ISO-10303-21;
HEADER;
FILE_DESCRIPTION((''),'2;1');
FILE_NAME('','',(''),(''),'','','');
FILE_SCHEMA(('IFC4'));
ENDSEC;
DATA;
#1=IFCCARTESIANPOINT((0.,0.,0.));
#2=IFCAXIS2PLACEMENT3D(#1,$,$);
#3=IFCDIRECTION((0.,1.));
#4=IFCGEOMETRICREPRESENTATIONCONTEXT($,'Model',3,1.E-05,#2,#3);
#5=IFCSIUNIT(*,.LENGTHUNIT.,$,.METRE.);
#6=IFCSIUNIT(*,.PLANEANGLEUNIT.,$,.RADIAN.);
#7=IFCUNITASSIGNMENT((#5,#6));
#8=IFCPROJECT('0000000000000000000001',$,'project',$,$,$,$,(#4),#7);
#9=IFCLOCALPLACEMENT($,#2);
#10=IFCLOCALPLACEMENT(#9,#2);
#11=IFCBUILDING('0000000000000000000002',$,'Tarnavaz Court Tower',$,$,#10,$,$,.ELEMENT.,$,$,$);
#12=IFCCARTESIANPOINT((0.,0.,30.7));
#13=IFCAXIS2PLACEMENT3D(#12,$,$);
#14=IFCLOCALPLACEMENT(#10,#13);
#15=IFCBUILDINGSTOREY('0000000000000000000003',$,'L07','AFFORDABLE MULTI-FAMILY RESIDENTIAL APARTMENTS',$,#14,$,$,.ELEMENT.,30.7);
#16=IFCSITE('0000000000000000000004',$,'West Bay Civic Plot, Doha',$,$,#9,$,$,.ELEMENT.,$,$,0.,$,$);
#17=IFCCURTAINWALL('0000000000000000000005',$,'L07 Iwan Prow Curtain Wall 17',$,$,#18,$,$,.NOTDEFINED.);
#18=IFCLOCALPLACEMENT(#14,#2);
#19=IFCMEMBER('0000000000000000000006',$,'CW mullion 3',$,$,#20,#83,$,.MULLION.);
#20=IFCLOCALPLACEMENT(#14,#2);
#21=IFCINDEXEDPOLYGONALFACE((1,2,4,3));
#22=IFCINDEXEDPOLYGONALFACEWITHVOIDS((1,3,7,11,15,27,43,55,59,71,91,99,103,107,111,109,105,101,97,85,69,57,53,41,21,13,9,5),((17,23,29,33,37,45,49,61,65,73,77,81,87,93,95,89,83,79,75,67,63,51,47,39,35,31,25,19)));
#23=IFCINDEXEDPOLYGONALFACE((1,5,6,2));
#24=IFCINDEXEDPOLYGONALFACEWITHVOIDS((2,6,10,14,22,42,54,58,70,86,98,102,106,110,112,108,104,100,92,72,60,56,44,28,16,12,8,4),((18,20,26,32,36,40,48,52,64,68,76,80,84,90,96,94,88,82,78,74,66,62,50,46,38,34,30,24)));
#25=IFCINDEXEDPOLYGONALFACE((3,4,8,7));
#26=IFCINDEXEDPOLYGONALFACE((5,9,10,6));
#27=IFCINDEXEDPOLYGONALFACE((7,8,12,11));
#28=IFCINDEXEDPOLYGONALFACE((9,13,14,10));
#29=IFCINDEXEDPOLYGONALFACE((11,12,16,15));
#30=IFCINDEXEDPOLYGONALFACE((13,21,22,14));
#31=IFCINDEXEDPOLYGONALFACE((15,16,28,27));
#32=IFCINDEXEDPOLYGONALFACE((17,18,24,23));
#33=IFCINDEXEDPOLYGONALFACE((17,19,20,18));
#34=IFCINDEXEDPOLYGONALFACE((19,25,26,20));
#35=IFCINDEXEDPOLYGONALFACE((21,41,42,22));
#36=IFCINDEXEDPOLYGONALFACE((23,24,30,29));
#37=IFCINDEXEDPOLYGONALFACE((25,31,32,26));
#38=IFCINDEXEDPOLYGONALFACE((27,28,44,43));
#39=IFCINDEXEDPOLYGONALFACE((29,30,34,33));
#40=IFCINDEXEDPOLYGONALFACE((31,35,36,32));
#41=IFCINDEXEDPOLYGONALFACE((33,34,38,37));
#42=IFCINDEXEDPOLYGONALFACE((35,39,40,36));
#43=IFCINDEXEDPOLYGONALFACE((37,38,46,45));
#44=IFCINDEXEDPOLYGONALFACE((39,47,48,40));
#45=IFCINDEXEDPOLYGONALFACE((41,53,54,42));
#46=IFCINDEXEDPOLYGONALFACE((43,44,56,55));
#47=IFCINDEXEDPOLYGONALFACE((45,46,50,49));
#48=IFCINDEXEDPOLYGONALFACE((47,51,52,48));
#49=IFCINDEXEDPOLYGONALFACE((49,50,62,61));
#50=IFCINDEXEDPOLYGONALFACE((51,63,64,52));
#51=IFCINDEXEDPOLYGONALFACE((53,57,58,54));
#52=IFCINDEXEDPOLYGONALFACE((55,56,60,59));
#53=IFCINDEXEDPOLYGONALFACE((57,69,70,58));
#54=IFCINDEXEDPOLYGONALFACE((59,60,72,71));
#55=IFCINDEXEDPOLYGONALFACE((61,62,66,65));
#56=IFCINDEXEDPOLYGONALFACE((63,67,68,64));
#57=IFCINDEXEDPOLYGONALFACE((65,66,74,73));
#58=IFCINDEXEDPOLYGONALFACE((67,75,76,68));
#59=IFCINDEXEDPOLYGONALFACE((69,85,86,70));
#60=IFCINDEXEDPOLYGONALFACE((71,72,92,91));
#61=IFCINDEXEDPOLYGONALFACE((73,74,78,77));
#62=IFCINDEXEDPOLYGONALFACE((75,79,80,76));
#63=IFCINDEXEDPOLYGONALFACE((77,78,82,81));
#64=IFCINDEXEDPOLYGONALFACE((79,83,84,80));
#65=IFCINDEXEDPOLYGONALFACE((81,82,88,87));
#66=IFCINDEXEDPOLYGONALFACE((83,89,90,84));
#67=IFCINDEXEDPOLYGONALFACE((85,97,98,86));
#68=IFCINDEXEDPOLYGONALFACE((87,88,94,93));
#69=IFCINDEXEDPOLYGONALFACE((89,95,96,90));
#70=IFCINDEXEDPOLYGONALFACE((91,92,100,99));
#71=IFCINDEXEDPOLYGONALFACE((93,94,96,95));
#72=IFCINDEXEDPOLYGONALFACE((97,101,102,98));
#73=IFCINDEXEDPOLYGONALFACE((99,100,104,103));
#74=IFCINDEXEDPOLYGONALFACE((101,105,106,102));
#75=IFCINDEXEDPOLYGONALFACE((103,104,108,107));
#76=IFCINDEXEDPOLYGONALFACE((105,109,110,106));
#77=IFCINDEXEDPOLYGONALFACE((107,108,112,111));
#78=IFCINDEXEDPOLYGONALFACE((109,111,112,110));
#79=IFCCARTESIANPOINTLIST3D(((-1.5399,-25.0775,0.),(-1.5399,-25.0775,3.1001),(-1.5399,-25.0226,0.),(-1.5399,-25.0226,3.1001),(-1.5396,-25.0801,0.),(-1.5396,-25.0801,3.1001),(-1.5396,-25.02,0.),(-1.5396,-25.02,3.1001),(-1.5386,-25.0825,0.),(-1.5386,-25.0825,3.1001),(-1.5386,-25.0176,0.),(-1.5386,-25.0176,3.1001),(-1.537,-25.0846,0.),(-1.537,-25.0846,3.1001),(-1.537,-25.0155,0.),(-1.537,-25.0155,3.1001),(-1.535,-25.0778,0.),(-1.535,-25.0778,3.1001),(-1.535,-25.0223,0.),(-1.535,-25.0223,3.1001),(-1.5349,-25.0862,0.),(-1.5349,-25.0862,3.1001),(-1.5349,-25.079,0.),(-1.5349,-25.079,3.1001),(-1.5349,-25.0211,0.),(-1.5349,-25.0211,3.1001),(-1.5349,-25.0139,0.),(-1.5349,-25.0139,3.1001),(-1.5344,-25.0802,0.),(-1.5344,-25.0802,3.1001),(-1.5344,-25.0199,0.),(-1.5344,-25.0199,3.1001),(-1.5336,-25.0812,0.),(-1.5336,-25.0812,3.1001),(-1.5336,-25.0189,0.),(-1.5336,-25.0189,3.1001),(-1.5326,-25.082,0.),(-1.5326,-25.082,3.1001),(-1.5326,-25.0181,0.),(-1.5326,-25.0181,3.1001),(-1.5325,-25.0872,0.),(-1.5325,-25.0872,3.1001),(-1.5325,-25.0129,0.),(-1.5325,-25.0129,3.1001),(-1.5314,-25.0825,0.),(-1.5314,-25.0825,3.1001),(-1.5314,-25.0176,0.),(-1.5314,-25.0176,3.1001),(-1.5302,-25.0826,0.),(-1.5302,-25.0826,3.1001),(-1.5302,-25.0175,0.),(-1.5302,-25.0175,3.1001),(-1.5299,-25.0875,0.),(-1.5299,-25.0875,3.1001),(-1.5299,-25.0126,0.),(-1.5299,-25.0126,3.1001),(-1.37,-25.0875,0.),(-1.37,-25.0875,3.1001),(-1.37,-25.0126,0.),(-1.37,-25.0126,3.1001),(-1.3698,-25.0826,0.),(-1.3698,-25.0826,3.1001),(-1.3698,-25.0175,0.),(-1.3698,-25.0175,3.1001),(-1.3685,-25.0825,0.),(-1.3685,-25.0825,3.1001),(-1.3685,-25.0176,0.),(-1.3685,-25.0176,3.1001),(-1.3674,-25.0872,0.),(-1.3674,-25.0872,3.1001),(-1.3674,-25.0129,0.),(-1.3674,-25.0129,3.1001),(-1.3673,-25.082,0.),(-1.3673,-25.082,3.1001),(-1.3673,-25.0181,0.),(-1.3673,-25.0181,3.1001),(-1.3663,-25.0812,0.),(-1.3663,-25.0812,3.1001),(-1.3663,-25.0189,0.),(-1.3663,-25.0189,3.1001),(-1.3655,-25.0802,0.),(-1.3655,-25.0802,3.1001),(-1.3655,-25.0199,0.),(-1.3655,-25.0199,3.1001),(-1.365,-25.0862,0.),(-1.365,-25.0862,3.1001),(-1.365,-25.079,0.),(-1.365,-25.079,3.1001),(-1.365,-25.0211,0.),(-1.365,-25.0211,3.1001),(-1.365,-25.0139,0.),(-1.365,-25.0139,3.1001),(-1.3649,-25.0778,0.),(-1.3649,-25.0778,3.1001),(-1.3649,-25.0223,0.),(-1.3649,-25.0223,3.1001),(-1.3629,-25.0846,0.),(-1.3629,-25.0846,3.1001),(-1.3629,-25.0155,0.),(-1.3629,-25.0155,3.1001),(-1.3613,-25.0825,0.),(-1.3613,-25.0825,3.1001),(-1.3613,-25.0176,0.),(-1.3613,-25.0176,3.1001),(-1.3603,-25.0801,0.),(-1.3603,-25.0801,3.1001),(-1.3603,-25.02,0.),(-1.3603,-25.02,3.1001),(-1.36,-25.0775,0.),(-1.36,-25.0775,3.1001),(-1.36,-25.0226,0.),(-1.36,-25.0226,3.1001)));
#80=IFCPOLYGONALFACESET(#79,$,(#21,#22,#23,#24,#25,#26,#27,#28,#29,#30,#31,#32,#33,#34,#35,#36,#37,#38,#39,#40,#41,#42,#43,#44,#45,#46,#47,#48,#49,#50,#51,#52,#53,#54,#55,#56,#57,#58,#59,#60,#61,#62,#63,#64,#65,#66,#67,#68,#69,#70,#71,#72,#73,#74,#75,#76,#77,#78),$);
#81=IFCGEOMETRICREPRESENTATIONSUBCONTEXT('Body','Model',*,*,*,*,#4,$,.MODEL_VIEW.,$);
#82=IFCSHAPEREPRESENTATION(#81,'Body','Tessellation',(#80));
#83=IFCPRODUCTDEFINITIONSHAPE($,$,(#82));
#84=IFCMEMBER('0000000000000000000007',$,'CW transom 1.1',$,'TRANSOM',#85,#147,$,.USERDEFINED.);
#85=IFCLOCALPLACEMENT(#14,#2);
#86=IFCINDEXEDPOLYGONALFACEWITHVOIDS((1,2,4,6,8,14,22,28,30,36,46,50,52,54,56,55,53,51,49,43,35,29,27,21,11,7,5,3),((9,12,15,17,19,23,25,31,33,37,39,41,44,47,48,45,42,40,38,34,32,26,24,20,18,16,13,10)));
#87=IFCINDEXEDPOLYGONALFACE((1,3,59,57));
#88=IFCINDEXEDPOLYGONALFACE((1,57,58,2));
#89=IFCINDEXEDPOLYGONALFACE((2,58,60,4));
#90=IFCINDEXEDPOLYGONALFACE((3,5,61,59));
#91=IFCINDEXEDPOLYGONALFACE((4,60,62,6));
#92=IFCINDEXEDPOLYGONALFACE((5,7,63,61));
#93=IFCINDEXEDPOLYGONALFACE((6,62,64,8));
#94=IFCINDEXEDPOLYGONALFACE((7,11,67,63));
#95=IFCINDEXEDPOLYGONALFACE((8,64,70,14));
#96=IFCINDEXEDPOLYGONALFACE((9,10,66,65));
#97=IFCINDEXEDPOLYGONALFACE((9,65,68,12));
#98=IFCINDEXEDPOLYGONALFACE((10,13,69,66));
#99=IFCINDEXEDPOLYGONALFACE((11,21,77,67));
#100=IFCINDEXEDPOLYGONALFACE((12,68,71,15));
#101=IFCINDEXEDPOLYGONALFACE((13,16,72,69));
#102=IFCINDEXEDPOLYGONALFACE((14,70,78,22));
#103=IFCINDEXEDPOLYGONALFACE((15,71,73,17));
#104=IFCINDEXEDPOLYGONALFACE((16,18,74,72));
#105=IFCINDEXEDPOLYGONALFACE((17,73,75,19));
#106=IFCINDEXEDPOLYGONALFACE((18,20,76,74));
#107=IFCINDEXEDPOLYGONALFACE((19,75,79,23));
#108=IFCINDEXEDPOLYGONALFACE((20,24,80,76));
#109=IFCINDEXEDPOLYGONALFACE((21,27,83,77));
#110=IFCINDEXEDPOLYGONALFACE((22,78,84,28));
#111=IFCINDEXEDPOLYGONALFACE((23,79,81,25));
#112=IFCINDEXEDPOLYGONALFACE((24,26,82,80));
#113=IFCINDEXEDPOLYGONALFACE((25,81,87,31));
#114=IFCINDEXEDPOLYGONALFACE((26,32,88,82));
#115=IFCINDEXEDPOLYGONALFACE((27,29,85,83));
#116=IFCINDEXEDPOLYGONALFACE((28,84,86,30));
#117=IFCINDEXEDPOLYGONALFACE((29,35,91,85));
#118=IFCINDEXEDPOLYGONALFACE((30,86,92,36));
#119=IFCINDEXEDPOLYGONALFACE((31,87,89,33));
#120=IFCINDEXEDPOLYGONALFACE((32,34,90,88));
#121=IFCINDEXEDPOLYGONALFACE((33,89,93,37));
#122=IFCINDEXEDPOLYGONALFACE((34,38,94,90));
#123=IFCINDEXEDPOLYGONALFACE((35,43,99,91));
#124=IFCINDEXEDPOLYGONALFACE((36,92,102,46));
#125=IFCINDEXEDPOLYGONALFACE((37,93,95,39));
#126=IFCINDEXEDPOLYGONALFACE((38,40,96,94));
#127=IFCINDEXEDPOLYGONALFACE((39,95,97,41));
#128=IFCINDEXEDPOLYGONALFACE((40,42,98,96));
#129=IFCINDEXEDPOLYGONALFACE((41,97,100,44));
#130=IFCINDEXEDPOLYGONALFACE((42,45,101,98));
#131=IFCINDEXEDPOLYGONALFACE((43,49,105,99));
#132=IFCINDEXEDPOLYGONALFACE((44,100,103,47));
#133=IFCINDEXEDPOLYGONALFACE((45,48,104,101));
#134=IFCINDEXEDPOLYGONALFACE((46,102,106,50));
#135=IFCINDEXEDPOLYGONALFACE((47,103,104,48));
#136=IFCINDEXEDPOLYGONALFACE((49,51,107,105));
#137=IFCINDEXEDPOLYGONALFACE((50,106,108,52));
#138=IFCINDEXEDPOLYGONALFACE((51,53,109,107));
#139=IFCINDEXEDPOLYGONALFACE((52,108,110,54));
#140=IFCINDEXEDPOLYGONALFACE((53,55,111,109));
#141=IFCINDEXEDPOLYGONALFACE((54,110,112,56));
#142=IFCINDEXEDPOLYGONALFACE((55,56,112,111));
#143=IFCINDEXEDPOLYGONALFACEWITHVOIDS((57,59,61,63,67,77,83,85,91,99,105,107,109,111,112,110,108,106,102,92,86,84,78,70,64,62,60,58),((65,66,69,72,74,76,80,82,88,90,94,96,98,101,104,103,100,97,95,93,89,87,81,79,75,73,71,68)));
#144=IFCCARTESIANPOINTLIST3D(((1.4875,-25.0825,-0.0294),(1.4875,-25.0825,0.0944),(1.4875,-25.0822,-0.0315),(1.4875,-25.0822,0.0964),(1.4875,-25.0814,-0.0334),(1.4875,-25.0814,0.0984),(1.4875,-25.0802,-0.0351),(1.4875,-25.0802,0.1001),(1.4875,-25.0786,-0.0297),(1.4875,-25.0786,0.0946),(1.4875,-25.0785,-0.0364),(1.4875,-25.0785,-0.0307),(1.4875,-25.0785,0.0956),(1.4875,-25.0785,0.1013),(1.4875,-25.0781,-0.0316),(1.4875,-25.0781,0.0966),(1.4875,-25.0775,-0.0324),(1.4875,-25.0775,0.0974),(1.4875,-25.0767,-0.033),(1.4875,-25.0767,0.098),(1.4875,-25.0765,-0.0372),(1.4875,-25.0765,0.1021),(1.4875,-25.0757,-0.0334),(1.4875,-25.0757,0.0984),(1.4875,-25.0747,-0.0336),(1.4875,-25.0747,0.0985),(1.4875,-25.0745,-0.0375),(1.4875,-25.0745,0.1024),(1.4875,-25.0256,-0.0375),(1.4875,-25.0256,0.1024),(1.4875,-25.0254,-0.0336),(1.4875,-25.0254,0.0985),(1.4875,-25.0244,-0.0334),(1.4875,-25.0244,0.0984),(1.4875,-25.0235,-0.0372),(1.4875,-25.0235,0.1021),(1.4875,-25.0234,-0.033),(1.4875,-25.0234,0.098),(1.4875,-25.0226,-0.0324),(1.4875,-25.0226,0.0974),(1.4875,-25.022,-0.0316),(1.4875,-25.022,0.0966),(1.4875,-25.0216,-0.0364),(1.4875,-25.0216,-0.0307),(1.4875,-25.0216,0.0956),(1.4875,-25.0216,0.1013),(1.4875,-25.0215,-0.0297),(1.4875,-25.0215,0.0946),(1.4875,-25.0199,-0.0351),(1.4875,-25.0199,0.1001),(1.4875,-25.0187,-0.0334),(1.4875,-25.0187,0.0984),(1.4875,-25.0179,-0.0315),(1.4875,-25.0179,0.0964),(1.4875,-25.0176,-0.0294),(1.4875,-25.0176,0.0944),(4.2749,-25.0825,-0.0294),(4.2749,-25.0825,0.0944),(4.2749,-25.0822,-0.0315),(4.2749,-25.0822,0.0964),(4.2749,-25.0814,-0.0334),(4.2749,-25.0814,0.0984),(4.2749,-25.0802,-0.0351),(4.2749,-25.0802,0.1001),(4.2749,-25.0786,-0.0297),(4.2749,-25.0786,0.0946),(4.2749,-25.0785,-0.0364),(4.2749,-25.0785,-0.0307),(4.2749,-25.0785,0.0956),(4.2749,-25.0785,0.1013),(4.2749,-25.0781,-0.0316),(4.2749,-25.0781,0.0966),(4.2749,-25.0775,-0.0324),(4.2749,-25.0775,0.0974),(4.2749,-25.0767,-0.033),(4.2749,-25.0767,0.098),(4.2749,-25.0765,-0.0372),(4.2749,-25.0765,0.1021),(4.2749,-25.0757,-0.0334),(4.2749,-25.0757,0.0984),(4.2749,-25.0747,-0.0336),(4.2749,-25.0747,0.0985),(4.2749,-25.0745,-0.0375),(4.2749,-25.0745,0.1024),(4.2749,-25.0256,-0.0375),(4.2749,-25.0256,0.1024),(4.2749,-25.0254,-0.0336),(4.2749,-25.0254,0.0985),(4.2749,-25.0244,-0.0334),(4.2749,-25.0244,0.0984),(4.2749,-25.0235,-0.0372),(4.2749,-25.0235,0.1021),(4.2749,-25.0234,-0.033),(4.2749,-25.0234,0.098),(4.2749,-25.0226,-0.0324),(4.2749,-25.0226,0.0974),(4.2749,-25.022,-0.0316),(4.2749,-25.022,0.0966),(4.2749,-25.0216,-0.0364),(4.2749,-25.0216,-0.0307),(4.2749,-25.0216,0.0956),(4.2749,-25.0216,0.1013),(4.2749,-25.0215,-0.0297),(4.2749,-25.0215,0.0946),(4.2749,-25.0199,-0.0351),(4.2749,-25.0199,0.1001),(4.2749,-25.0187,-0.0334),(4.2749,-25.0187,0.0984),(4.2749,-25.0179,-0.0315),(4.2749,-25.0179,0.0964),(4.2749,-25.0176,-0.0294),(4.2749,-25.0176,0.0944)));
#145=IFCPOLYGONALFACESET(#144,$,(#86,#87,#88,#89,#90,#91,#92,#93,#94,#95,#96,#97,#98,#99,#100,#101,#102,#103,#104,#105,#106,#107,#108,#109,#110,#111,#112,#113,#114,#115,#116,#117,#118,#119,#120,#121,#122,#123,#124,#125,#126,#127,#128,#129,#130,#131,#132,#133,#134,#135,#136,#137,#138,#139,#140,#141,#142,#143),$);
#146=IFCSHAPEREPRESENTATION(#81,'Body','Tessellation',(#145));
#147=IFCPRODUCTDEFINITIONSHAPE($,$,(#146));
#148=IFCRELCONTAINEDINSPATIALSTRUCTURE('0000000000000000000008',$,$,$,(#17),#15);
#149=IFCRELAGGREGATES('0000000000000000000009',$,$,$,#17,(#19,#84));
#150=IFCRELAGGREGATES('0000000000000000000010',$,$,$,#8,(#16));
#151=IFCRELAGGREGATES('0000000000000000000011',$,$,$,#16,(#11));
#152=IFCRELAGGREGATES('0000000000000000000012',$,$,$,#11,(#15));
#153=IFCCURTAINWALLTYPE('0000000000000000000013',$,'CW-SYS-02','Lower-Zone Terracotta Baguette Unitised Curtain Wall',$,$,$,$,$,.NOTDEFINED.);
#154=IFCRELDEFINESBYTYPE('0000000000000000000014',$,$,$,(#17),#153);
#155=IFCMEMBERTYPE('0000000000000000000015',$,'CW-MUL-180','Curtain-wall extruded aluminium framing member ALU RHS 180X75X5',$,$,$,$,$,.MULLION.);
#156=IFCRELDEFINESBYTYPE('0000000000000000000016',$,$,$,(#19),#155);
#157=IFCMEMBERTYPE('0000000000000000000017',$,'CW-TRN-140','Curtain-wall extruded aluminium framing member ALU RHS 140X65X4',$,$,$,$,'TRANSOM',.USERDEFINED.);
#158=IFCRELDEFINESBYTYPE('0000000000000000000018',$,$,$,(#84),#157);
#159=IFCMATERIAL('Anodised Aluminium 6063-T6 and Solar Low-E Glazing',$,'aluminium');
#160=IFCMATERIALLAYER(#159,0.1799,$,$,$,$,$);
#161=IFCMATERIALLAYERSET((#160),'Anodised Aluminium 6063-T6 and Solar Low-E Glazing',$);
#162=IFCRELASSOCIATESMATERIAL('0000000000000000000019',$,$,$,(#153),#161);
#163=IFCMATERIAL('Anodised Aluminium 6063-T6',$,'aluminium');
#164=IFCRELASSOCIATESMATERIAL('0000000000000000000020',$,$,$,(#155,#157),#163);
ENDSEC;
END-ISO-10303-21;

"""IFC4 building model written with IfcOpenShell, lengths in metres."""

from ifc_helpers import new_model, si_unit, direction, frame, origin, origin_2d, place, context, subcontext, project, spatial, hollow_rectangle, extrude, material, layer, layer_set, material_profile, profile_set, type_object, element, aggregate, save


model = new_model("IFC4")

# Units and contexts
model_context = context("Model", 3, precision=1e-05, world=origin(), true_north=direction((0.0, 1.0)))
body_context = subcontext(model_context, "Body", "Model", "MODEL_VIEW")
ifc_project = project(units=[si_unit("LENGTHUNIT", "METRE"), si_unit("PLANEANGLEUNIT", "RADIAN")], contexts=[model_context])

# Site, building, storey
site_placement = place(None, origin())
site = spatial("IfcSite", under=ifc_project, at=site_placement, Name="West Bay Civic Plot, Doha", CompositionType="ELEMENT", RefElevation=0.0)
building_placement = place(site_placement, origin())
building = spatial("IfcBuilding", under=site, at=building_placement, Name="Tarnavaz Court Tower", CompositionType="ELEMENT")
storey_placement = place(building_placement, frame((0.0, 0.0, 30.7)))
storey = spatial("IfcBuildingStorey", under=building, at=storey_placement, Name="L07", Description="AFFORDABLE MULTI-FAMILY RESIDENTIAL APARTMENTS", CompositionType="ELEMENT", Elevation=30.7)

# Curtain wall, members
ifc_material_1 = material(Name="Anodised Aluminium 6063-T6 and Solar Low-E Glazing", Category="aluminium")
ifc_layer_1 = layer(ifc_material_1, 0.1799)
ifc_layer_set_1 = layer_set([ifc_layer_1], Name="Anodised Aluminium 6063-T6 and Solar Low-E Glazing")
curtain_wall_type = type_object("IfcCurtainWallType", Name="CW-SYS-02", Description="Lower-Zone Terracotta Baguette Unitised Curtain Wall", PredefinedType="NOTDEFINED", material=ifc_layer_set_1)
curtain_wall_placement = place(storey_placement, origin())
curtain_wall = element("IfcCurtainWall", 1, at=curtain_wall_placement, inside=storey, type_object=curtain_wall_type, Name="L07 Iwan Prow Curtain Wall 17", PredefinedType="NOTDEFINED")
ifc_material_2 = material(Name="Anodised Aluminium 6063-T6", Category="aluminium")
ifc_material_profile_1 = material_profile(ifc_material_2, hollow_rectangle(XDim=0.075, YDim=0.1799, WallThickness=0.0049, InnerFilletRadius=0.0049, OuterFilletRadius=0.01, at=origin_2d()), Name="ALU RHS 180X75X5")
ifc_profile_set_1 = profile_set([ifc_material_profile_1], Name="Anodised Aluminium 6063-T6")
member_type_1 = type_object("IfcMemberType", Name="CW-MUL-180", Description="Curtain-wall extruded aluminium framing member ALU RHS 180X75X5", PredefinedType="MULLION", material=ifc_profile_set_1)
member_1_placement = place(storey_placement, frame((-1.45, -25.05, 0.0), z_axis=(0.0, 0.0, 1.0), x_axis=(0.0, -1.0, 0.0)))
member_1 = element("IfcMember", 2, at=member_1_placement, type_object=member_type_1, Name="CW mullion 3", PredefinedType="MULLION", context=body_context, shape_type="SweptSolid", body=[
    extrude(hollow_rectangle(XDim=0.075, YDim=0.1799, WallThickness=0.0049, InnerFilletRadius=0.0049, OuterFilletRadius=0.01, at=origin_2d()), origin(), (0.0, 0.0, 1.0), 3.1001),
])
ifc_material_profile_2 = material_profile(ifc_material_2, hollow_rectangle(XDim=0.0649, YDim=0.1399, WallThickness=0.0039, InnerFilletRadius=0.0039, OuterFilletRadius=0.0081, at=origin_2d()), Name="ALU RHS 140X65X4")
ifc_profile_set_2 = profile_set([ifc_material_profile_2], Name="Anodised Aluminium 6063-T6")
member_type_2 = type_object("IfcMemberType", Name="CW-TRN-140", Description="Curtain-wall extruded aluminium framing member ALU RHS 140X65X4", ElementType="TRANSOM", PredefinedType="USERDEFINED", material=ifc_profile_set_2)
member_2_placement = place(storey_placement, frame((4.2749, -25.05, 0.0325), z_axis=(-1.0, 0.0, 0.0), x_axis=(0.0, -1.0, 0.0)))
member_2 = element("IfcMember", 3, at=member_2_placement, type_object=member_type_2, Name="CW transom 1.1", ObjectType="TRANSOM", PredefinedType="USERDEFINED", context=body_context, shape_type="SweptSolid", body=[
    extrude(hollow_rectangle(XDim=0.0649, YDim=0.1399, WallThickness=0.0039, InnerFilletRadius=0.0039, OuterFilletRadius=0.0081, at=origin_2d()), origin(), (0.0, 0.0, 1.0), 2.7874),
])
aggregate(curtain_wall, [member_1, member_2])

save(model, "model.ifc")
